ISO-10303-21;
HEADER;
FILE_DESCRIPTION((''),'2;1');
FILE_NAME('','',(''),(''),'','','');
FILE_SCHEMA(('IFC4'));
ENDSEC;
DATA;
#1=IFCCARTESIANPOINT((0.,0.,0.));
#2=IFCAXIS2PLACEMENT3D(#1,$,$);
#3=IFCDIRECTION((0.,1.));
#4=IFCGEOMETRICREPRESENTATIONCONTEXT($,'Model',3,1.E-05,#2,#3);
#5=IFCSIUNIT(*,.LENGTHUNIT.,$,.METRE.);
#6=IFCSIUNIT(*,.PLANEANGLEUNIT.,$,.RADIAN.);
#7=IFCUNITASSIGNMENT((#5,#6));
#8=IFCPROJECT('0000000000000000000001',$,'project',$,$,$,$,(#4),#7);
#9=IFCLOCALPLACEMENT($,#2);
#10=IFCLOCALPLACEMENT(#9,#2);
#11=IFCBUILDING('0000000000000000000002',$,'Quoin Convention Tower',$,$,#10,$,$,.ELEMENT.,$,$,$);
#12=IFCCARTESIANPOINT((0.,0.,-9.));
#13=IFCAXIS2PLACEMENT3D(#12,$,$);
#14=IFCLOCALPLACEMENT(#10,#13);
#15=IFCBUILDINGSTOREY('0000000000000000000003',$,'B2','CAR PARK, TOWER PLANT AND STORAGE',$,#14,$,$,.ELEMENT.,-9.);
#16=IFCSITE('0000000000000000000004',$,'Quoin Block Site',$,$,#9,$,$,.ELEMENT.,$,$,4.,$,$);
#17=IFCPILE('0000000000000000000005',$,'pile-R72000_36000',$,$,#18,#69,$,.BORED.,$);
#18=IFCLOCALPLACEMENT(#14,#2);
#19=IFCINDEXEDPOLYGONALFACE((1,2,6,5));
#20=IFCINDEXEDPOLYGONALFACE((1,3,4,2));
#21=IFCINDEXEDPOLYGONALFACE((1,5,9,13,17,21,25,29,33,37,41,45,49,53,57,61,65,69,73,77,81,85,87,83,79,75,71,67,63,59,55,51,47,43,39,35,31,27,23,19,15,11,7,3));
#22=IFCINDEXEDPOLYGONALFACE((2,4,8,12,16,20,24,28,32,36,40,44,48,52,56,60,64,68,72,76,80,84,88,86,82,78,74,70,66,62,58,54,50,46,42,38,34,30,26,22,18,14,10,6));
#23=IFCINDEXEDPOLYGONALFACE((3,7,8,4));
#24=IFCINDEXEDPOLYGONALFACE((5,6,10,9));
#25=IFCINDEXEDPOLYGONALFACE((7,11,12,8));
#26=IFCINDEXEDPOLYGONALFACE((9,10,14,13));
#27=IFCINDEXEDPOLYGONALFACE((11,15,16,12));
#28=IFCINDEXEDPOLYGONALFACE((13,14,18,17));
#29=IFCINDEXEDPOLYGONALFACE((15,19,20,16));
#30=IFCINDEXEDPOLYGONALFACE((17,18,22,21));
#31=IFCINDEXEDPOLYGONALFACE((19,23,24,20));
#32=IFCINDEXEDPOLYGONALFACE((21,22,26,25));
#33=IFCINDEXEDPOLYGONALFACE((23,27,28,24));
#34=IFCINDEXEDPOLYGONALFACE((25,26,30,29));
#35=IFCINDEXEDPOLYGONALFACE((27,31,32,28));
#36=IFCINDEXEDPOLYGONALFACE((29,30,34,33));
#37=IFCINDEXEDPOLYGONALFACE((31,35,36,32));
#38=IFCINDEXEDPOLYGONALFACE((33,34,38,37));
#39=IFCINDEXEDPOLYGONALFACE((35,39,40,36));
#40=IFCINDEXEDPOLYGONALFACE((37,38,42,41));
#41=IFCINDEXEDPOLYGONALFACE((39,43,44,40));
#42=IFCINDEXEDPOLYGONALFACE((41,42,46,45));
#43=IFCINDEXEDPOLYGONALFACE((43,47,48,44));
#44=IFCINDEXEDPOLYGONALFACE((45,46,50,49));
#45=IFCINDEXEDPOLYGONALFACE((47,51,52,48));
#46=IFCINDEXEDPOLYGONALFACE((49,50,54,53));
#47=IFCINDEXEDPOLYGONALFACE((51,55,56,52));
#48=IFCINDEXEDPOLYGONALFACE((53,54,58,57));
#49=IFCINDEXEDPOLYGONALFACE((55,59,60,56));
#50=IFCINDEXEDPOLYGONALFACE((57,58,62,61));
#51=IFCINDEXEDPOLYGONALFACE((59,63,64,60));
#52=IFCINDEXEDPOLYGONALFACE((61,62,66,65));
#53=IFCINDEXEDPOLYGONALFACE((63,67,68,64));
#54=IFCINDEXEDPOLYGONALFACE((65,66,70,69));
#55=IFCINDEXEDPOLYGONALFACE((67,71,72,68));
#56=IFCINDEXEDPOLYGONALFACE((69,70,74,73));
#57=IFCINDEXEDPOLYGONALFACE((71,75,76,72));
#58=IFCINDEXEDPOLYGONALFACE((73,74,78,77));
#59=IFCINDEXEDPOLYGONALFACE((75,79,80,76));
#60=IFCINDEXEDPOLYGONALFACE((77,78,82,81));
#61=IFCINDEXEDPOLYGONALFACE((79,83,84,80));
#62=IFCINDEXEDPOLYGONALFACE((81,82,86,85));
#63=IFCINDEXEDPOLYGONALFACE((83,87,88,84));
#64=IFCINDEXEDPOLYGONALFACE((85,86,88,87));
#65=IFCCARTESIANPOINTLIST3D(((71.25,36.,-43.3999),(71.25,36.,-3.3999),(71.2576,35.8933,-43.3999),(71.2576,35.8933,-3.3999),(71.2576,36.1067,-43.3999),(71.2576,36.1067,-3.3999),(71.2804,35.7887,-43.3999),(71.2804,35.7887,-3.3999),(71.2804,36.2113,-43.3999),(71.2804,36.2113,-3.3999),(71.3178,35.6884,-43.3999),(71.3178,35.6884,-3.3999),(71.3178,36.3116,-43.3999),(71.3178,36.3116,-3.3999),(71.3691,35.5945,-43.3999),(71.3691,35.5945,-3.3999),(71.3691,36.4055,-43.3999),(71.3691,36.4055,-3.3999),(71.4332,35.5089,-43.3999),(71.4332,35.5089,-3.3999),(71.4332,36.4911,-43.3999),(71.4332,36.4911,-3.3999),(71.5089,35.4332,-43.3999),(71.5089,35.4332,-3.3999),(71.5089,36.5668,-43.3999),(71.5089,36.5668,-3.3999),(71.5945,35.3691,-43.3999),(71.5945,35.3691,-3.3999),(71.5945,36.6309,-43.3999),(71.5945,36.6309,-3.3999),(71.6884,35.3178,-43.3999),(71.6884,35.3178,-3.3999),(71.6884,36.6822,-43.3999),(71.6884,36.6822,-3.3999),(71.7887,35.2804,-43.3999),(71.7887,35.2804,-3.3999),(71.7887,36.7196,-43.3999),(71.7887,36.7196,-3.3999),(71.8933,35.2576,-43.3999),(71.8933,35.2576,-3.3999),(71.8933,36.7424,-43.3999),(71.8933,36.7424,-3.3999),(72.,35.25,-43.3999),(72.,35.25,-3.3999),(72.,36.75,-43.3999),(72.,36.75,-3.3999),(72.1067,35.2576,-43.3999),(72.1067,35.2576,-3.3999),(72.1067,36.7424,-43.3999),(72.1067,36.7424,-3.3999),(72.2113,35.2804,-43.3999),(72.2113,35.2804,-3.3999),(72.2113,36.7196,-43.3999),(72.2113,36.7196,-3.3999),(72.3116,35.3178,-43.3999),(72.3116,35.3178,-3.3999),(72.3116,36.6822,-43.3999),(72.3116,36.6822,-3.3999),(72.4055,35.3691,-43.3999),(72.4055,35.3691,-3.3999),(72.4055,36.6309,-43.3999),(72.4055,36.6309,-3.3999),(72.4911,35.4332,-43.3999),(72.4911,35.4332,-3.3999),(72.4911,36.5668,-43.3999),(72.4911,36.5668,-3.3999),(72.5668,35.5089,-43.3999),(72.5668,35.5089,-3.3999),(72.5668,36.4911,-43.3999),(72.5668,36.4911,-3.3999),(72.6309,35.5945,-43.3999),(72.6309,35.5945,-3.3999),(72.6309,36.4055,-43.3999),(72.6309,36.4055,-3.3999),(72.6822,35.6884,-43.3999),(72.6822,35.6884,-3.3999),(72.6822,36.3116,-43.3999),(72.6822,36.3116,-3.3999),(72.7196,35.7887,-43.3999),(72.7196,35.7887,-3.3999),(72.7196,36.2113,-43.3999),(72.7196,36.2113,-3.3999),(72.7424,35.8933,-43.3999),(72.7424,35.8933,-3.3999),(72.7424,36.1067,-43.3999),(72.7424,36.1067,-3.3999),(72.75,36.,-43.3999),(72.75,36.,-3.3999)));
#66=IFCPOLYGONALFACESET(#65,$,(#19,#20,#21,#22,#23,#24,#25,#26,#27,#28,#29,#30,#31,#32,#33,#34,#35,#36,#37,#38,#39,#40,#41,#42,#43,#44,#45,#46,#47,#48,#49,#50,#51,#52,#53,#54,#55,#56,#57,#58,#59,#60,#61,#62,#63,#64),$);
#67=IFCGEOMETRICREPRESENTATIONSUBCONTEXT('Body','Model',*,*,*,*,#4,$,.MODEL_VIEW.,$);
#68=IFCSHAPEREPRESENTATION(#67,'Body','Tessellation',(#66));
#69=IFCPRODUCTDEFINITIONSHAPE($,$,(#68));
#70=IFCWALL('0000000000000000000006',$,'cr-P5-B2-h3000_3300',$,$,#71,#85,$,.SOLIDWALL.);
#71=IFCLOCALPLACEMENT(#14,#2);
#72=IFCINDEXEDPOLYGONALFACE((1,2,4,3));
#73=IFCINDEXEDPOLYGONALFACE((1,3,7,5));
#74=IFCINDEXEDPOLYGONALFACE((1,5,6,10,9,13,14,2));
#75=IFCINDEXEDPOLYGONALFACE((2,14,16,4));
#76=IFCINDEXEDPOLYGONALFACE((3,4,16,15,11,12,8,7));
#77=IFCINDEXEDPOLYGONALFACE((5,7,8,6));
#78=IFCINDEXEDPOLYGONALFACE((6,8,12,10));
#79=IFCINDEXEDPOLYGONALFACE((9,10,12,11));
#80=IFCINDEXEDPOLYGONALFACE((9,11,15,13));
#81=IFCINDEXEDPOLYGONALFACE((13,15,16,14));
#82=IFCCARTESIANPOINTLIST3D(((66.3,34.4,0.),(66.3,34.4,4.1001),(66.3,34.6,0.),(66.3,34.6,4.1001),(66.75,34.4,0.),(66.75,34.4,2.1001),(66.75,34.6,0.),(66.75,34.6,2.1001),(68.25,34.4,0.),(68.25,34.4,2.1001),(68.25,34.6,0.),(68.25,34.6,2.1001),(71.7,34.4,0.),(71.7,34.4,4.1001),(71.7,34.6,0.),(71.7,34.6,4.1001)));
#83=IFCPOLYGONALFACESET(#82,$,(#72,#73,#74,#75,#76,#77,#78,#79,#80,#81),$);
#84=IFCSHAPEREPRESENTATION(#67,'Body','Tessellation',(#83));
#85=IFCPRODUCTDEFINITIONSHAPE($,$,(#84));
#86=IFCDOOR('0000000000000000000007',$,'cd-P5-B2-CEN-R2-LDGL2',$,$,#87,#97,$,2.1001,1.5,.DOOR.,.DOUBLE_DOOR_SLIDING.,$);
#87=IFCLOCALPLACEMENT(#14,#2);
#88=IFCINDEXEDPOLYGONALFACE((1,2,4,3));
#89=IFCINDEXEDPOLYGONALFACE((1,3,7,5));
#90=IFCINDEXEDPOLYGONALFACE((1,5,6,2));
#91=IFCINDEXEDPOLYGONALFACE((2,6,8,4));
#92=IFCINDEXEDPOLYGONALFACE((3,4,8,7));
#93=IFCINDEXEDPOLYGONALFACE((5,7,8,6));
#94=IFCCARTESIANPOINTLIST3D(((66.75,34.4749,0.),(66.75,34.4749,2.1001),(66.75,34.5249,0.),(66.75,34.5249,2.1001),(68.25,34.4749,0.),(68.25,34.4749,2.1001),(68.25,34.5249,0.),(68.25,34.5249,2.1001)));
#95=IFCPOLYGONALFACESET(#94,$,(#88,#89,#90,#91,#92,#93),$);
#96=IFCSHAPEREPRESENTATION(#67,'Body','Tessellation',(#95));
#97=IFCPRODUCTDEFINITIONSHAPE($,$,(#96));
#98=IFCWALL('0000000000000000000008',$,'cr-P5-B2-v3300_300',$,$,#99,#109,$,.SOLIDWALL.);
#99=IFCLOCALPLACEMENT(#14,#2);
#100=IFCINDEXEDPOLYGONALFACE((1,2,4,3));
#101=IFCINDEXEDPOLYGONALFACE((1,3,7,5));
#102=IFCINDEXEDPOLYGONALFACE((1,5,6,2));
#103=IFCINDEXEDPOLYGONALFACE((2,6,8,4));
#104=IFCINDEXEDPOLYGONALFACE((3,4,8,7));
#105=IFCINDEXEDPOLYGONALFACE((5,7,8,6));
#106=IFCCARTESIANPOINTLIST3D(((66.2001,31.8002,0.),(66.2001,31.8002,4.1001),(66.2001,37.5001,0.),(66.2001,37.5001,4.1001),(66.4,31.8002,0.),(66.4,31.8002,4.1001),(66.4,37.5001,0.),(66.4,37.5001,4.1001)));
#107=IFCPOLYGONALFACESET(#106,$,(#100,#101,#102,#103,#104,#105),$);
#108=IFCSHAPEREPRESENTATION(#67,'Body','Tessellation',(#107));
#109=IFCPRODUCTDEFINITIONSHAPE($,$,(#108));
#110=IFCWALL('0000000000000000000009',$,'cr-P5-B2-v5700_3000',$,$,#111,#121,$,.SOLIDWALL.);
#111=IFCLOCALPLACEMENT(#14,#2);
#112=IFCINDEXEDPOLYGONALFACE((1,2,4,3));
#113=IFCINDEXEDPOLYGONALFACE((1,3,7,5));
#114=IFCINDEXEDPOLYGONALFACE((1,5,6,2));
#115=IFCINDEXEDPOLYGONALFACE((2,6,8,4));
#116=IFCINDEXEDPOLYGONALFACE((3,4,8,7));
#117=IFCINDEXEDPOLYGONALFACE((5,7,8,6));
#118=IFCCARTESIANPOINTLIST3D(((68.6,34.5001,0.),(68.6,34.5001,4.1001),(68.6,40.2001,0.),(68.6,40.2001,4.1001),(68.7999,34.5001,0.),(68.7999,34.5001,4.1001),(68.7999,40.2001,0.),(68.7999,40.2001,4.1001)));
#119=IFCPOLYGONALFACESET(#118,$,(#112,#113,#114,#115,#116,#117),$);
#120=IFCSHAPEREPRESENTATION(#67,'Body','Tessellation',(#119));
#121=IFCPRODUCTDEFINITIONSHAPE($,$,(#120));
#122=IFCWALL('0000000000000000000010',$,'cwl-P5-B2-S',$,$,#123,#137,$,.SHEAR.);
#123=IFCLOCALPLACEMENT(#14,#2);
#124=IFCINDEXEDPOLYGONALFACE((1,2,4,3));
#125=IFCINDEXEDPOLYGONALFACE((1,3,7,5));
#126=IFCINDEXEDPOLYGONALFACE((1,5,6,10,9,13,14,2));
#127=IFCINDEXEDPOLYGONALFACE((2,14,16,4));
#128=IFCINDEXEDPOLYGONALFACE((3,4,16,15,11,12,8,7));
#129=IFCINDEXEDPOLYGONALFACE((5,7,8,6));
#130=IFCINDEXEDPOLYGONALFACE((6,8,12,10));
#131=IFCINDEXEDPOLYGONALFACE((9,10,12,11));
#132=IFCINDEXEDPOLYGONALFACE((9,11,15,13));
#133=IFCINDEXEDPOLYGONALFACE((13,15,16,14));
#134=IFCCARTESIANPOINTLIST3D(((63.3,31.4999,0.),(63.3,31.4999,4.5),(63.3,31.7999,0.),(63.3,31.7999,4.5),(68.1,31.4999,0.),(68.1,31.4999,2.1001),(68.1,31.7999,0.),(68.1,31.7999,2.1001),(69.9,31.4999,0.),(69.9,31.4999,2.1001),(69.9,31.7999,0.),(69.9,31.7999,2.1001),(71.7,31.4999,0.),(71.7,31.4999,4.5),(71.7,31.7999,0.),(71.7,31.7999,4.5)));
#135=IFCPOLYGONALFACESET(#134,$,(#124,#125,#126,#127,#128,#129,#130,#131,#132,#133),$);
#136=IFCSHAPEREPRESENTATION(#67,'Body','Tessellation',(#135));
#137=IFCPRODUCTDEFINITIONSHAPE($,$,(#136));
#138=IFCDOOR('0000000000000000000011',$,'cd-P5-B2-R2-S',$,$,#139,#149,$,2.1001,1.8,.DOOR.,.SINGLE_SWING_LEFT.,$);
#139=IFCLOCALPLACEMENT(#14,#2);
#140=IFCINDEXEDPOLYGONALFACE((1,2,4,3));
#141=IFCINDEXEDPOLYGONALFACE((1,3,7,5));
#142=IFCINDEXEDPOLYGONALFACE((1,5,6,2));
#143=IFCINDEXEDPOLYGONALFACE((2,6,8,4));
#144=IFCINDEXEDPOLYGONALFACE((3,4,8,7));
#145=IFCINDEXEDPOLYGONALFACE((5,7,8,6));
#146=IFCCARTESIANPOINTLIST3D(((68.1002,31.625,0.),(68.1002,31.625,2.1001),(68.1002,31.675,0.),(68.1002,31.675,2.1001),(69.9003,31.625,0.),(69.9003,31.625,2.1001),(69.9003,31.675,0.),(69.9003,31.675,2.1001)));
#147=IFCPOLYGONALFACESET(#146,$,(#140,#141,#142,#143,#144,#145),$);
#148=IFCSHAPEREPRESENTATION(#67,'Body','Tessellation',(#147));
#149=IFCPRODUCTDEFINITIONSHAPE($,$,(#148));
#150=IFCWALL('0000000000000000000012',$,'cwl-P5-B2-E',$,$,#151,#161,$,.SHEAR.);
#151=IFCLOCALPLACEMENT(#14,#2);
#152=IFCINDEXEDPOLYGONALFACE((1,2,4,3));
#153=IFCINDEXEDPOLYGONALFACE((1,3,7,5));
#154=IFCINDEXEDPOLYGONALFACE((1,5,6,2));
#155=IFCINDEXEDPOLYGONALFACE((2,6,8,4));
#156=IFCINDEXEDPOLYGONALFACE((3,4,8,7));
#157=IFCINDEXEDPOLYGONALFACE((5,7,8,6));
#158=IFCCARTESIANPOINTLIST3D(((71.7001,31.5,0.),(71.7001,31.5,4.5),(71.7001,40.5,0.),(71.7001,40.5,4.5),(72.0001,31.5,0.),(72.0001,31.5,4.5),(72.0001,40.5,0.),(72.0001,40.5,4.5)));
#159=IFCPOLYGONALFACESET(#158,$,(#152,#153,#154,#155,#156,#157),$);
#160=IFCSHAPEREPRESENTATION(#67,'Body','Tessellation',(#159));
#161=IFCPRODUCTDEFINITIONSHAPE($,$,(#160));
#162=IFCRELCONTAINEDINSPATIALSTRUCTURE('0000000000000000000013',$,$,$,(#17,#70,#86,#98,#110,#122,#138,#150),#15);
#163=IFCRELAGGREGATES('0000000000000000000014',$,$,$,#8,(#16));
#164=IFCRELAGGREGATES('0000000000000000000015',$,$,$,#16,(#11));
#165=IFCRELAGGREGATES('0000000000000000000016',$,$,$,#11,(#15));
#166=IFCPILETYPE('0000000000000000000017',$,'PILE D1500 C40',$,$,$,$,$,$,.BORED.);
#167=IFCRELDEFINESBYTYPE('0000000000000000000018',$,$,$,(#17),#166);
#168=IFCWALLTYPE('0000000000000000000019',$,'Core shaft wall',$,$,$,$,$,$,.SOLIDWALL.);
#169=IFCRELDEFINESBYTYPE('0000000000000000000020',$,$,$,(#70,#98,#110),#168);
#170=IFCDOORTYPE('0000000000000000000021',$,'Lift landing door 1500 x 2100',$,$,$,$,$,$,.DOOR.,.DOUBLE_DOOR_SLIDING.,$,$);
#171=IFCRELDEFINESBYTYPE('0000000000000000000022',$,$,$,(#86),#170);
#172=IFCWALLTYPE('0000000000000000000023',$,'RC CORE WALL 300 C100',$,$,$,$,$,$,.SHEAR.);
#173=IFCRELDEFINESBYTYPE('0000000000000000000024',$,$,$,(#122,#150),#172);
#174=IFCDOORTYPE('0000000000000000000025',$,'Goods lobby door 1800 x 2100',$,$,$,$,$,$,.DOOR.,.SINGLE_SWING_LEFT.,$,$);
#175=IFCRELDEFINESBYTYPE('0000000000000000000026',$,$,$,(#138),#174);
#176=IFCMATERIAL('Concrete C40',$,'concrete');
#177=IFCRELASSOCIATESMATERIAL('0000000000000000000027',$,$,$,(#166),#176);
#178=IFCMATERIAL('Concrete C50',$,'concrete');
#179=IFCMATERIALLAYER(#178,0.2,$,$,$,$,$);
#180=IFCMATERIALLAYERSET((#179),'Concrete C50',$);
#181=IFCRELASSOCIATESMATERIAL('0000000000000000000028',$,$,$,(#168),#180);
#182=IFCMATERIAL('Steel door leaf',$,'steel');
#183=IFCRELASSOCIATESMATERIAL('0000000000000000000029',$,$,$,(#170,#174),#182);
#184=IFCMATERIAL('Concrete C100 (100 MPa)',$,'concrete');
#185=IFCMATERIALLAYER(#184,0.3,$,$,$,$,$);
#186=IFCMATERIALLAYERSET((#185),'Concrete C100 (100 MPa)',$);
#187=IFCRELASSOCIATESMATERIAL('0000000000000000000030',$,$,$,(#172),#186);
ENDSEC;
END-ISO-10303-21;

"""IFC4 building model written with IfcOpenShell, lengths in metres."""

from ifc_helpers import new_model, si_unit, direction, frame, frame_2d, origin, origin_2d, place, context, subcontext, project, spatial, rectangle, circle, extrude, material, layer, layer_set, material_profile, profile_set, type_object, element, fill, save


model = new_model("IFC4")

# Units and contexts
model_context = context("Model", 3, precision=1e-05, world=origin(), true_north=direction((0.0, 1.0)))
body_context = subcontext(model_context, "Body", "Model", "MODEL_VIEW")
ifc_project = project(units=[si_unit("LENGTHUNIT", "METRE"), si_unit("PLANEANGLEUNIT", "RADIAN")], contexts=[model_context])

# Site, building, storey
site_placement = place(None, origin())
site = spatial("IfcSite", under=ifc_project, at=site_placement, Name="Quoin Block Site", CompositionType="ELEMENT", RefElevation=4.0)
building_placement = place(site_placement, origin())
building = spatial("IfcBuilding", under=site, at=building_placement, Name="Quoin Convention Tower", CompositionType="ELEMENT")
storey_placement = place(building_placement, frame((0.0, 0.0, -9.0)))
storey = spatial("IfcBuildingStorey", under=building, at=storey_placement, Name="B2", Description="CAR PARK, TOWER PLANT AND STORAGE", CompositionType="ELEMENT", Elevation=-9.0)

# Pile
ifc_material_1 = material(Name="Concrete C40", Category="concrete")
ifc_material_profile = material_profile(ifc_material_1, circle(Radius=0.75, at=origin_2d()), Name="D1500")
ifc_profile_set = profile_set([ifc_material_profile], Name="Concrete C40")
pile_type = type_object("IfcPileType", Name="PILE D1500 C40", PredefinedType="BORED", material=ifc_profile_set)
for number, where, z_axis, x_axis, name in (
    (1, (72.0, 36.0, -3.3999), (0.0, 0.0, -1.0), (1.0, 0.0, 0.0), "pile-R72000_36000"),
):
    element("IfcPile", number, at=place(storey_placement, frame(where, z_axis=z_axis, x_axis=x_axis)), inside=storey, type_object=pile_type, Name=name, PredefinedType="BORED", context=body_context, shape_type="SweptSolid", body=[
        extrude(circle(Radius=0.75, at=origin_2d()), origin(), (0.0, 0.0, 1.0), 40.0),
    ])

# Wall, opening, door
ifc_material_2 = material(Name="Concrete C50", Category="concrete")
ifc_layer_1 = layer(ifc_material_2, 0.2)
ifc_layer_set_1 = layer_set([ifc_layer_1], Name="Concrete C50")
wall_type_1 = type_object("IfcWallType", Name="Core shaft wall", PredefinedType="SOLIDWALL", material=ifc_layer_set_1)
wall_1_placement = place(storey_placement, frame((66.3, 34.5, 0.0), z_axis=(0.0, 0.0, 1.0), x_axis=(1.0, 0.0, 0.0)))
wall_1 = element("IfcWall", 2, at=wall_1_placement, inside=storey, type_object=wall_type_1, Name="cr-P5-B2-h3000_3300", PredefinedType="SOLIDWALL", context=body_context, shape_type="SweptSolid", body=[
    extrude(rectangle(XDim=5.3999, YDim=0.2, at=frame_2d((2.7, 0.0))), origin(), (0.0, 0.0, 1.0), 4.1001),
])
opening_1_placement = place(wall_1_placement, frame((0.45, 0.0, 0.0)))
opening_1 = element("IfcOpeningElement", 3, at=opening_1_placement, cuts=wall_1, PredefinedType="OPENING", context=body_context, shape_type="SweptSolid", body=[
    extrude(rectangle(XDim=1.5, YDim=2.1001, at=frame_2d((0.75, 1.05))), frame((0.0, 0.1099, 0.0), z_axis=(0.0, -1.0, 0.0), x_axis=(1.0, 0.0, 0.0)), (0.0, 0.0, 1.0), 0.22),
])
ifc_material_3 = material(Name="Steel door leaf", Category="steel")
door_type_1 = type_object("IfcDoorType", Name="Lift landing door 1500 x 2100", OperationType="DOUBLE_DOOR_SLIDING", PredefinedType="DOOR", material=ifc_material_3)
door_1_placement = place(opening_1_placement, origin())
door_1 = element("IfcDoor", 4, at=door_1_placement, inside=storey, type_object=door_type_1, Name="cd-P5-B2-CEN-R2-LDGL2", OperationType="DOUBLE_DOOR_SLIDING", OverallHeight=2.1001, OverallWidth=1.5, PredefinedType="DOOR", context=body_context, shape_type="SweptSolid", body=[
    extrude(rectangle(XDim=1.5, YDim=2.1001, at=frame_2d((0.75, 1.05))), frame((0.0, 0.0249, 0.0), z_axis=(0.0, -1.0, 0.0), x_axis=(1.0, 0.0, 0.0)), (0.0, 0.0, 1.0), 0.05),
])
fill(opening_1, door_1)

# Walls
for number, where, z_axis, x_axis, name in (
    (5, (66.3, 31.8, 0.0), (0.0, 0.0, 1.0), (0.0, 1.0, 0.0), "cr-P5-B2-v3300_300"),
    (6, (68.7, 34.5, 0.0), (0.0, 0.0, 1.0), (0.0, 1.0, 0.0), "cr-P5-B2-v5700_3000"),
):
    element("IfcWall", number, at=place(storey_placement, frame(where, z_axis=z_axis, x_axis=x_axis)), inside=storey, type_object=wall_type_1, Name=name, PredefinedType="SOLIDWALL", context=body_context, shape_type="SweptSolid", body=[
        extrude(rectangle(XDim=5.7, YDim=0.2, at=frame_2d((2.8501, 0.0))), origin(), (0.0, 0.0, 1.0), 4.1001),
    ])

# Wall, opening, door
ifc_material_4 = material(Name="Concrete C100 (100 MPa)", Category="concrete")
ifc_layer_2 = layer(ifc_material_4, 0.3)
ifc_layer_set_2 = layer_set([ifc_layer_2], Name="Concrete C100 (100 MPa)")
wall_type_2 = type_object("IfcWallType", Name="RC CORE WALL 300 C100", PredefinedType="SHEAR", material=ifc_layer_set_2)
wall_2_placement = place(storey_placement, frame((63.3, 31.6499, 0.0), z_axis=(0.0, 0.0, 1.0), x_axis=(1.0, 0.0, 0.0)))
wall_2 = element("IfcWall", 7, at=wall_2_placement, inside=storey, type_object=wall_type_2, Name="cwl-P5-B2-S", PredefinedType="SHEAR", context=body_context, shape_type="SweptSolid", body=[
    extrude(rectangle(XDim=8.3999, YDim=0.3, at=frame_2d((4.2, 0.0))), origin(), (0.0, 0.0, 1.0), 4.5),
])
opening_2_placement = place(wall_2_placement, frame((4.8, 0.0, 0.0)))
opening_2 = element("IfcOpeningElement", 8, at=opening_2_placement, cuts=wall_2, PredefinedType="OPENING", context=body_context, shape_type="SweptSolid", body=[
    extrude(rectangle(XDim=1.8, YDim=2.1001, at=frame_2d((0.8999, 1.05))), frame((0.0, 0.1599, 0.0), z_axis=(0.0, -1.0, 0.0), x_axis=(1.0, 0.0, 0.0)), (0.0, 0.0, 1.0), 0.3201),
])
door_type_2 = type_object("IfcDoorType", Name="Goods lobby door 1800 x 2100", OperationType="SINGLE_SWING_LEFT", PredefinedType="DOOR", material=ifc_material_3)
door_2_placement = place(opening_2_placement, frame((1.8, 0.0, 0.0), z_axis=(0.0, 0.0, 1.0), x_axis=(-1.0, 0.0, 0.0)))
door_2 = element("IfcDoor", 9, at=door_2_placement, inside=storey, type_object=door_type_2, Name="cd-P5-B2-R2-S", OperationType="SINGLE_SWING_LEFT", OverallHeight=2.1001, OverallWidth=1.8, PredefinedType="DOOR", context=body_context, shape_type="SweptSolid", body=[
    extrude(rectangle(XDim=1.8, YDim=2.1001, at=frame_2d((0.8999, 1.05))), frame((0.0, 0.0249, 0.0), z_axis=(0.0, -1.0, 0.0), x_axis=(1.0, 0.0, 0.0)), (0.0, 0.0, 1.0), 0.05),
])
fill(opening_2, door_2)

# Wall
wall_3_placement = place(storey_placement, frame((71.8501, 31.5, 0.0), z_axis=(0.0, 0.0, 1.0), x_axis=(0.0, 1.0, 0.0)))
element("IfcWall", 10, at=wall_3_placement, inside=storey, type_object=wall_type_2, Name="cwl-P5-B2-E", PredefinedType="SHEAR", context=body_context, shape_type="SweptSolid", body=[
    extrude(rectangle(XDim=9.0, YDim=0.3, at=frame_2d((4.5, 0.0))), origin(), (0.0, 0.0, 1.0), 4.5),
])

save(model, "model.ifc")
